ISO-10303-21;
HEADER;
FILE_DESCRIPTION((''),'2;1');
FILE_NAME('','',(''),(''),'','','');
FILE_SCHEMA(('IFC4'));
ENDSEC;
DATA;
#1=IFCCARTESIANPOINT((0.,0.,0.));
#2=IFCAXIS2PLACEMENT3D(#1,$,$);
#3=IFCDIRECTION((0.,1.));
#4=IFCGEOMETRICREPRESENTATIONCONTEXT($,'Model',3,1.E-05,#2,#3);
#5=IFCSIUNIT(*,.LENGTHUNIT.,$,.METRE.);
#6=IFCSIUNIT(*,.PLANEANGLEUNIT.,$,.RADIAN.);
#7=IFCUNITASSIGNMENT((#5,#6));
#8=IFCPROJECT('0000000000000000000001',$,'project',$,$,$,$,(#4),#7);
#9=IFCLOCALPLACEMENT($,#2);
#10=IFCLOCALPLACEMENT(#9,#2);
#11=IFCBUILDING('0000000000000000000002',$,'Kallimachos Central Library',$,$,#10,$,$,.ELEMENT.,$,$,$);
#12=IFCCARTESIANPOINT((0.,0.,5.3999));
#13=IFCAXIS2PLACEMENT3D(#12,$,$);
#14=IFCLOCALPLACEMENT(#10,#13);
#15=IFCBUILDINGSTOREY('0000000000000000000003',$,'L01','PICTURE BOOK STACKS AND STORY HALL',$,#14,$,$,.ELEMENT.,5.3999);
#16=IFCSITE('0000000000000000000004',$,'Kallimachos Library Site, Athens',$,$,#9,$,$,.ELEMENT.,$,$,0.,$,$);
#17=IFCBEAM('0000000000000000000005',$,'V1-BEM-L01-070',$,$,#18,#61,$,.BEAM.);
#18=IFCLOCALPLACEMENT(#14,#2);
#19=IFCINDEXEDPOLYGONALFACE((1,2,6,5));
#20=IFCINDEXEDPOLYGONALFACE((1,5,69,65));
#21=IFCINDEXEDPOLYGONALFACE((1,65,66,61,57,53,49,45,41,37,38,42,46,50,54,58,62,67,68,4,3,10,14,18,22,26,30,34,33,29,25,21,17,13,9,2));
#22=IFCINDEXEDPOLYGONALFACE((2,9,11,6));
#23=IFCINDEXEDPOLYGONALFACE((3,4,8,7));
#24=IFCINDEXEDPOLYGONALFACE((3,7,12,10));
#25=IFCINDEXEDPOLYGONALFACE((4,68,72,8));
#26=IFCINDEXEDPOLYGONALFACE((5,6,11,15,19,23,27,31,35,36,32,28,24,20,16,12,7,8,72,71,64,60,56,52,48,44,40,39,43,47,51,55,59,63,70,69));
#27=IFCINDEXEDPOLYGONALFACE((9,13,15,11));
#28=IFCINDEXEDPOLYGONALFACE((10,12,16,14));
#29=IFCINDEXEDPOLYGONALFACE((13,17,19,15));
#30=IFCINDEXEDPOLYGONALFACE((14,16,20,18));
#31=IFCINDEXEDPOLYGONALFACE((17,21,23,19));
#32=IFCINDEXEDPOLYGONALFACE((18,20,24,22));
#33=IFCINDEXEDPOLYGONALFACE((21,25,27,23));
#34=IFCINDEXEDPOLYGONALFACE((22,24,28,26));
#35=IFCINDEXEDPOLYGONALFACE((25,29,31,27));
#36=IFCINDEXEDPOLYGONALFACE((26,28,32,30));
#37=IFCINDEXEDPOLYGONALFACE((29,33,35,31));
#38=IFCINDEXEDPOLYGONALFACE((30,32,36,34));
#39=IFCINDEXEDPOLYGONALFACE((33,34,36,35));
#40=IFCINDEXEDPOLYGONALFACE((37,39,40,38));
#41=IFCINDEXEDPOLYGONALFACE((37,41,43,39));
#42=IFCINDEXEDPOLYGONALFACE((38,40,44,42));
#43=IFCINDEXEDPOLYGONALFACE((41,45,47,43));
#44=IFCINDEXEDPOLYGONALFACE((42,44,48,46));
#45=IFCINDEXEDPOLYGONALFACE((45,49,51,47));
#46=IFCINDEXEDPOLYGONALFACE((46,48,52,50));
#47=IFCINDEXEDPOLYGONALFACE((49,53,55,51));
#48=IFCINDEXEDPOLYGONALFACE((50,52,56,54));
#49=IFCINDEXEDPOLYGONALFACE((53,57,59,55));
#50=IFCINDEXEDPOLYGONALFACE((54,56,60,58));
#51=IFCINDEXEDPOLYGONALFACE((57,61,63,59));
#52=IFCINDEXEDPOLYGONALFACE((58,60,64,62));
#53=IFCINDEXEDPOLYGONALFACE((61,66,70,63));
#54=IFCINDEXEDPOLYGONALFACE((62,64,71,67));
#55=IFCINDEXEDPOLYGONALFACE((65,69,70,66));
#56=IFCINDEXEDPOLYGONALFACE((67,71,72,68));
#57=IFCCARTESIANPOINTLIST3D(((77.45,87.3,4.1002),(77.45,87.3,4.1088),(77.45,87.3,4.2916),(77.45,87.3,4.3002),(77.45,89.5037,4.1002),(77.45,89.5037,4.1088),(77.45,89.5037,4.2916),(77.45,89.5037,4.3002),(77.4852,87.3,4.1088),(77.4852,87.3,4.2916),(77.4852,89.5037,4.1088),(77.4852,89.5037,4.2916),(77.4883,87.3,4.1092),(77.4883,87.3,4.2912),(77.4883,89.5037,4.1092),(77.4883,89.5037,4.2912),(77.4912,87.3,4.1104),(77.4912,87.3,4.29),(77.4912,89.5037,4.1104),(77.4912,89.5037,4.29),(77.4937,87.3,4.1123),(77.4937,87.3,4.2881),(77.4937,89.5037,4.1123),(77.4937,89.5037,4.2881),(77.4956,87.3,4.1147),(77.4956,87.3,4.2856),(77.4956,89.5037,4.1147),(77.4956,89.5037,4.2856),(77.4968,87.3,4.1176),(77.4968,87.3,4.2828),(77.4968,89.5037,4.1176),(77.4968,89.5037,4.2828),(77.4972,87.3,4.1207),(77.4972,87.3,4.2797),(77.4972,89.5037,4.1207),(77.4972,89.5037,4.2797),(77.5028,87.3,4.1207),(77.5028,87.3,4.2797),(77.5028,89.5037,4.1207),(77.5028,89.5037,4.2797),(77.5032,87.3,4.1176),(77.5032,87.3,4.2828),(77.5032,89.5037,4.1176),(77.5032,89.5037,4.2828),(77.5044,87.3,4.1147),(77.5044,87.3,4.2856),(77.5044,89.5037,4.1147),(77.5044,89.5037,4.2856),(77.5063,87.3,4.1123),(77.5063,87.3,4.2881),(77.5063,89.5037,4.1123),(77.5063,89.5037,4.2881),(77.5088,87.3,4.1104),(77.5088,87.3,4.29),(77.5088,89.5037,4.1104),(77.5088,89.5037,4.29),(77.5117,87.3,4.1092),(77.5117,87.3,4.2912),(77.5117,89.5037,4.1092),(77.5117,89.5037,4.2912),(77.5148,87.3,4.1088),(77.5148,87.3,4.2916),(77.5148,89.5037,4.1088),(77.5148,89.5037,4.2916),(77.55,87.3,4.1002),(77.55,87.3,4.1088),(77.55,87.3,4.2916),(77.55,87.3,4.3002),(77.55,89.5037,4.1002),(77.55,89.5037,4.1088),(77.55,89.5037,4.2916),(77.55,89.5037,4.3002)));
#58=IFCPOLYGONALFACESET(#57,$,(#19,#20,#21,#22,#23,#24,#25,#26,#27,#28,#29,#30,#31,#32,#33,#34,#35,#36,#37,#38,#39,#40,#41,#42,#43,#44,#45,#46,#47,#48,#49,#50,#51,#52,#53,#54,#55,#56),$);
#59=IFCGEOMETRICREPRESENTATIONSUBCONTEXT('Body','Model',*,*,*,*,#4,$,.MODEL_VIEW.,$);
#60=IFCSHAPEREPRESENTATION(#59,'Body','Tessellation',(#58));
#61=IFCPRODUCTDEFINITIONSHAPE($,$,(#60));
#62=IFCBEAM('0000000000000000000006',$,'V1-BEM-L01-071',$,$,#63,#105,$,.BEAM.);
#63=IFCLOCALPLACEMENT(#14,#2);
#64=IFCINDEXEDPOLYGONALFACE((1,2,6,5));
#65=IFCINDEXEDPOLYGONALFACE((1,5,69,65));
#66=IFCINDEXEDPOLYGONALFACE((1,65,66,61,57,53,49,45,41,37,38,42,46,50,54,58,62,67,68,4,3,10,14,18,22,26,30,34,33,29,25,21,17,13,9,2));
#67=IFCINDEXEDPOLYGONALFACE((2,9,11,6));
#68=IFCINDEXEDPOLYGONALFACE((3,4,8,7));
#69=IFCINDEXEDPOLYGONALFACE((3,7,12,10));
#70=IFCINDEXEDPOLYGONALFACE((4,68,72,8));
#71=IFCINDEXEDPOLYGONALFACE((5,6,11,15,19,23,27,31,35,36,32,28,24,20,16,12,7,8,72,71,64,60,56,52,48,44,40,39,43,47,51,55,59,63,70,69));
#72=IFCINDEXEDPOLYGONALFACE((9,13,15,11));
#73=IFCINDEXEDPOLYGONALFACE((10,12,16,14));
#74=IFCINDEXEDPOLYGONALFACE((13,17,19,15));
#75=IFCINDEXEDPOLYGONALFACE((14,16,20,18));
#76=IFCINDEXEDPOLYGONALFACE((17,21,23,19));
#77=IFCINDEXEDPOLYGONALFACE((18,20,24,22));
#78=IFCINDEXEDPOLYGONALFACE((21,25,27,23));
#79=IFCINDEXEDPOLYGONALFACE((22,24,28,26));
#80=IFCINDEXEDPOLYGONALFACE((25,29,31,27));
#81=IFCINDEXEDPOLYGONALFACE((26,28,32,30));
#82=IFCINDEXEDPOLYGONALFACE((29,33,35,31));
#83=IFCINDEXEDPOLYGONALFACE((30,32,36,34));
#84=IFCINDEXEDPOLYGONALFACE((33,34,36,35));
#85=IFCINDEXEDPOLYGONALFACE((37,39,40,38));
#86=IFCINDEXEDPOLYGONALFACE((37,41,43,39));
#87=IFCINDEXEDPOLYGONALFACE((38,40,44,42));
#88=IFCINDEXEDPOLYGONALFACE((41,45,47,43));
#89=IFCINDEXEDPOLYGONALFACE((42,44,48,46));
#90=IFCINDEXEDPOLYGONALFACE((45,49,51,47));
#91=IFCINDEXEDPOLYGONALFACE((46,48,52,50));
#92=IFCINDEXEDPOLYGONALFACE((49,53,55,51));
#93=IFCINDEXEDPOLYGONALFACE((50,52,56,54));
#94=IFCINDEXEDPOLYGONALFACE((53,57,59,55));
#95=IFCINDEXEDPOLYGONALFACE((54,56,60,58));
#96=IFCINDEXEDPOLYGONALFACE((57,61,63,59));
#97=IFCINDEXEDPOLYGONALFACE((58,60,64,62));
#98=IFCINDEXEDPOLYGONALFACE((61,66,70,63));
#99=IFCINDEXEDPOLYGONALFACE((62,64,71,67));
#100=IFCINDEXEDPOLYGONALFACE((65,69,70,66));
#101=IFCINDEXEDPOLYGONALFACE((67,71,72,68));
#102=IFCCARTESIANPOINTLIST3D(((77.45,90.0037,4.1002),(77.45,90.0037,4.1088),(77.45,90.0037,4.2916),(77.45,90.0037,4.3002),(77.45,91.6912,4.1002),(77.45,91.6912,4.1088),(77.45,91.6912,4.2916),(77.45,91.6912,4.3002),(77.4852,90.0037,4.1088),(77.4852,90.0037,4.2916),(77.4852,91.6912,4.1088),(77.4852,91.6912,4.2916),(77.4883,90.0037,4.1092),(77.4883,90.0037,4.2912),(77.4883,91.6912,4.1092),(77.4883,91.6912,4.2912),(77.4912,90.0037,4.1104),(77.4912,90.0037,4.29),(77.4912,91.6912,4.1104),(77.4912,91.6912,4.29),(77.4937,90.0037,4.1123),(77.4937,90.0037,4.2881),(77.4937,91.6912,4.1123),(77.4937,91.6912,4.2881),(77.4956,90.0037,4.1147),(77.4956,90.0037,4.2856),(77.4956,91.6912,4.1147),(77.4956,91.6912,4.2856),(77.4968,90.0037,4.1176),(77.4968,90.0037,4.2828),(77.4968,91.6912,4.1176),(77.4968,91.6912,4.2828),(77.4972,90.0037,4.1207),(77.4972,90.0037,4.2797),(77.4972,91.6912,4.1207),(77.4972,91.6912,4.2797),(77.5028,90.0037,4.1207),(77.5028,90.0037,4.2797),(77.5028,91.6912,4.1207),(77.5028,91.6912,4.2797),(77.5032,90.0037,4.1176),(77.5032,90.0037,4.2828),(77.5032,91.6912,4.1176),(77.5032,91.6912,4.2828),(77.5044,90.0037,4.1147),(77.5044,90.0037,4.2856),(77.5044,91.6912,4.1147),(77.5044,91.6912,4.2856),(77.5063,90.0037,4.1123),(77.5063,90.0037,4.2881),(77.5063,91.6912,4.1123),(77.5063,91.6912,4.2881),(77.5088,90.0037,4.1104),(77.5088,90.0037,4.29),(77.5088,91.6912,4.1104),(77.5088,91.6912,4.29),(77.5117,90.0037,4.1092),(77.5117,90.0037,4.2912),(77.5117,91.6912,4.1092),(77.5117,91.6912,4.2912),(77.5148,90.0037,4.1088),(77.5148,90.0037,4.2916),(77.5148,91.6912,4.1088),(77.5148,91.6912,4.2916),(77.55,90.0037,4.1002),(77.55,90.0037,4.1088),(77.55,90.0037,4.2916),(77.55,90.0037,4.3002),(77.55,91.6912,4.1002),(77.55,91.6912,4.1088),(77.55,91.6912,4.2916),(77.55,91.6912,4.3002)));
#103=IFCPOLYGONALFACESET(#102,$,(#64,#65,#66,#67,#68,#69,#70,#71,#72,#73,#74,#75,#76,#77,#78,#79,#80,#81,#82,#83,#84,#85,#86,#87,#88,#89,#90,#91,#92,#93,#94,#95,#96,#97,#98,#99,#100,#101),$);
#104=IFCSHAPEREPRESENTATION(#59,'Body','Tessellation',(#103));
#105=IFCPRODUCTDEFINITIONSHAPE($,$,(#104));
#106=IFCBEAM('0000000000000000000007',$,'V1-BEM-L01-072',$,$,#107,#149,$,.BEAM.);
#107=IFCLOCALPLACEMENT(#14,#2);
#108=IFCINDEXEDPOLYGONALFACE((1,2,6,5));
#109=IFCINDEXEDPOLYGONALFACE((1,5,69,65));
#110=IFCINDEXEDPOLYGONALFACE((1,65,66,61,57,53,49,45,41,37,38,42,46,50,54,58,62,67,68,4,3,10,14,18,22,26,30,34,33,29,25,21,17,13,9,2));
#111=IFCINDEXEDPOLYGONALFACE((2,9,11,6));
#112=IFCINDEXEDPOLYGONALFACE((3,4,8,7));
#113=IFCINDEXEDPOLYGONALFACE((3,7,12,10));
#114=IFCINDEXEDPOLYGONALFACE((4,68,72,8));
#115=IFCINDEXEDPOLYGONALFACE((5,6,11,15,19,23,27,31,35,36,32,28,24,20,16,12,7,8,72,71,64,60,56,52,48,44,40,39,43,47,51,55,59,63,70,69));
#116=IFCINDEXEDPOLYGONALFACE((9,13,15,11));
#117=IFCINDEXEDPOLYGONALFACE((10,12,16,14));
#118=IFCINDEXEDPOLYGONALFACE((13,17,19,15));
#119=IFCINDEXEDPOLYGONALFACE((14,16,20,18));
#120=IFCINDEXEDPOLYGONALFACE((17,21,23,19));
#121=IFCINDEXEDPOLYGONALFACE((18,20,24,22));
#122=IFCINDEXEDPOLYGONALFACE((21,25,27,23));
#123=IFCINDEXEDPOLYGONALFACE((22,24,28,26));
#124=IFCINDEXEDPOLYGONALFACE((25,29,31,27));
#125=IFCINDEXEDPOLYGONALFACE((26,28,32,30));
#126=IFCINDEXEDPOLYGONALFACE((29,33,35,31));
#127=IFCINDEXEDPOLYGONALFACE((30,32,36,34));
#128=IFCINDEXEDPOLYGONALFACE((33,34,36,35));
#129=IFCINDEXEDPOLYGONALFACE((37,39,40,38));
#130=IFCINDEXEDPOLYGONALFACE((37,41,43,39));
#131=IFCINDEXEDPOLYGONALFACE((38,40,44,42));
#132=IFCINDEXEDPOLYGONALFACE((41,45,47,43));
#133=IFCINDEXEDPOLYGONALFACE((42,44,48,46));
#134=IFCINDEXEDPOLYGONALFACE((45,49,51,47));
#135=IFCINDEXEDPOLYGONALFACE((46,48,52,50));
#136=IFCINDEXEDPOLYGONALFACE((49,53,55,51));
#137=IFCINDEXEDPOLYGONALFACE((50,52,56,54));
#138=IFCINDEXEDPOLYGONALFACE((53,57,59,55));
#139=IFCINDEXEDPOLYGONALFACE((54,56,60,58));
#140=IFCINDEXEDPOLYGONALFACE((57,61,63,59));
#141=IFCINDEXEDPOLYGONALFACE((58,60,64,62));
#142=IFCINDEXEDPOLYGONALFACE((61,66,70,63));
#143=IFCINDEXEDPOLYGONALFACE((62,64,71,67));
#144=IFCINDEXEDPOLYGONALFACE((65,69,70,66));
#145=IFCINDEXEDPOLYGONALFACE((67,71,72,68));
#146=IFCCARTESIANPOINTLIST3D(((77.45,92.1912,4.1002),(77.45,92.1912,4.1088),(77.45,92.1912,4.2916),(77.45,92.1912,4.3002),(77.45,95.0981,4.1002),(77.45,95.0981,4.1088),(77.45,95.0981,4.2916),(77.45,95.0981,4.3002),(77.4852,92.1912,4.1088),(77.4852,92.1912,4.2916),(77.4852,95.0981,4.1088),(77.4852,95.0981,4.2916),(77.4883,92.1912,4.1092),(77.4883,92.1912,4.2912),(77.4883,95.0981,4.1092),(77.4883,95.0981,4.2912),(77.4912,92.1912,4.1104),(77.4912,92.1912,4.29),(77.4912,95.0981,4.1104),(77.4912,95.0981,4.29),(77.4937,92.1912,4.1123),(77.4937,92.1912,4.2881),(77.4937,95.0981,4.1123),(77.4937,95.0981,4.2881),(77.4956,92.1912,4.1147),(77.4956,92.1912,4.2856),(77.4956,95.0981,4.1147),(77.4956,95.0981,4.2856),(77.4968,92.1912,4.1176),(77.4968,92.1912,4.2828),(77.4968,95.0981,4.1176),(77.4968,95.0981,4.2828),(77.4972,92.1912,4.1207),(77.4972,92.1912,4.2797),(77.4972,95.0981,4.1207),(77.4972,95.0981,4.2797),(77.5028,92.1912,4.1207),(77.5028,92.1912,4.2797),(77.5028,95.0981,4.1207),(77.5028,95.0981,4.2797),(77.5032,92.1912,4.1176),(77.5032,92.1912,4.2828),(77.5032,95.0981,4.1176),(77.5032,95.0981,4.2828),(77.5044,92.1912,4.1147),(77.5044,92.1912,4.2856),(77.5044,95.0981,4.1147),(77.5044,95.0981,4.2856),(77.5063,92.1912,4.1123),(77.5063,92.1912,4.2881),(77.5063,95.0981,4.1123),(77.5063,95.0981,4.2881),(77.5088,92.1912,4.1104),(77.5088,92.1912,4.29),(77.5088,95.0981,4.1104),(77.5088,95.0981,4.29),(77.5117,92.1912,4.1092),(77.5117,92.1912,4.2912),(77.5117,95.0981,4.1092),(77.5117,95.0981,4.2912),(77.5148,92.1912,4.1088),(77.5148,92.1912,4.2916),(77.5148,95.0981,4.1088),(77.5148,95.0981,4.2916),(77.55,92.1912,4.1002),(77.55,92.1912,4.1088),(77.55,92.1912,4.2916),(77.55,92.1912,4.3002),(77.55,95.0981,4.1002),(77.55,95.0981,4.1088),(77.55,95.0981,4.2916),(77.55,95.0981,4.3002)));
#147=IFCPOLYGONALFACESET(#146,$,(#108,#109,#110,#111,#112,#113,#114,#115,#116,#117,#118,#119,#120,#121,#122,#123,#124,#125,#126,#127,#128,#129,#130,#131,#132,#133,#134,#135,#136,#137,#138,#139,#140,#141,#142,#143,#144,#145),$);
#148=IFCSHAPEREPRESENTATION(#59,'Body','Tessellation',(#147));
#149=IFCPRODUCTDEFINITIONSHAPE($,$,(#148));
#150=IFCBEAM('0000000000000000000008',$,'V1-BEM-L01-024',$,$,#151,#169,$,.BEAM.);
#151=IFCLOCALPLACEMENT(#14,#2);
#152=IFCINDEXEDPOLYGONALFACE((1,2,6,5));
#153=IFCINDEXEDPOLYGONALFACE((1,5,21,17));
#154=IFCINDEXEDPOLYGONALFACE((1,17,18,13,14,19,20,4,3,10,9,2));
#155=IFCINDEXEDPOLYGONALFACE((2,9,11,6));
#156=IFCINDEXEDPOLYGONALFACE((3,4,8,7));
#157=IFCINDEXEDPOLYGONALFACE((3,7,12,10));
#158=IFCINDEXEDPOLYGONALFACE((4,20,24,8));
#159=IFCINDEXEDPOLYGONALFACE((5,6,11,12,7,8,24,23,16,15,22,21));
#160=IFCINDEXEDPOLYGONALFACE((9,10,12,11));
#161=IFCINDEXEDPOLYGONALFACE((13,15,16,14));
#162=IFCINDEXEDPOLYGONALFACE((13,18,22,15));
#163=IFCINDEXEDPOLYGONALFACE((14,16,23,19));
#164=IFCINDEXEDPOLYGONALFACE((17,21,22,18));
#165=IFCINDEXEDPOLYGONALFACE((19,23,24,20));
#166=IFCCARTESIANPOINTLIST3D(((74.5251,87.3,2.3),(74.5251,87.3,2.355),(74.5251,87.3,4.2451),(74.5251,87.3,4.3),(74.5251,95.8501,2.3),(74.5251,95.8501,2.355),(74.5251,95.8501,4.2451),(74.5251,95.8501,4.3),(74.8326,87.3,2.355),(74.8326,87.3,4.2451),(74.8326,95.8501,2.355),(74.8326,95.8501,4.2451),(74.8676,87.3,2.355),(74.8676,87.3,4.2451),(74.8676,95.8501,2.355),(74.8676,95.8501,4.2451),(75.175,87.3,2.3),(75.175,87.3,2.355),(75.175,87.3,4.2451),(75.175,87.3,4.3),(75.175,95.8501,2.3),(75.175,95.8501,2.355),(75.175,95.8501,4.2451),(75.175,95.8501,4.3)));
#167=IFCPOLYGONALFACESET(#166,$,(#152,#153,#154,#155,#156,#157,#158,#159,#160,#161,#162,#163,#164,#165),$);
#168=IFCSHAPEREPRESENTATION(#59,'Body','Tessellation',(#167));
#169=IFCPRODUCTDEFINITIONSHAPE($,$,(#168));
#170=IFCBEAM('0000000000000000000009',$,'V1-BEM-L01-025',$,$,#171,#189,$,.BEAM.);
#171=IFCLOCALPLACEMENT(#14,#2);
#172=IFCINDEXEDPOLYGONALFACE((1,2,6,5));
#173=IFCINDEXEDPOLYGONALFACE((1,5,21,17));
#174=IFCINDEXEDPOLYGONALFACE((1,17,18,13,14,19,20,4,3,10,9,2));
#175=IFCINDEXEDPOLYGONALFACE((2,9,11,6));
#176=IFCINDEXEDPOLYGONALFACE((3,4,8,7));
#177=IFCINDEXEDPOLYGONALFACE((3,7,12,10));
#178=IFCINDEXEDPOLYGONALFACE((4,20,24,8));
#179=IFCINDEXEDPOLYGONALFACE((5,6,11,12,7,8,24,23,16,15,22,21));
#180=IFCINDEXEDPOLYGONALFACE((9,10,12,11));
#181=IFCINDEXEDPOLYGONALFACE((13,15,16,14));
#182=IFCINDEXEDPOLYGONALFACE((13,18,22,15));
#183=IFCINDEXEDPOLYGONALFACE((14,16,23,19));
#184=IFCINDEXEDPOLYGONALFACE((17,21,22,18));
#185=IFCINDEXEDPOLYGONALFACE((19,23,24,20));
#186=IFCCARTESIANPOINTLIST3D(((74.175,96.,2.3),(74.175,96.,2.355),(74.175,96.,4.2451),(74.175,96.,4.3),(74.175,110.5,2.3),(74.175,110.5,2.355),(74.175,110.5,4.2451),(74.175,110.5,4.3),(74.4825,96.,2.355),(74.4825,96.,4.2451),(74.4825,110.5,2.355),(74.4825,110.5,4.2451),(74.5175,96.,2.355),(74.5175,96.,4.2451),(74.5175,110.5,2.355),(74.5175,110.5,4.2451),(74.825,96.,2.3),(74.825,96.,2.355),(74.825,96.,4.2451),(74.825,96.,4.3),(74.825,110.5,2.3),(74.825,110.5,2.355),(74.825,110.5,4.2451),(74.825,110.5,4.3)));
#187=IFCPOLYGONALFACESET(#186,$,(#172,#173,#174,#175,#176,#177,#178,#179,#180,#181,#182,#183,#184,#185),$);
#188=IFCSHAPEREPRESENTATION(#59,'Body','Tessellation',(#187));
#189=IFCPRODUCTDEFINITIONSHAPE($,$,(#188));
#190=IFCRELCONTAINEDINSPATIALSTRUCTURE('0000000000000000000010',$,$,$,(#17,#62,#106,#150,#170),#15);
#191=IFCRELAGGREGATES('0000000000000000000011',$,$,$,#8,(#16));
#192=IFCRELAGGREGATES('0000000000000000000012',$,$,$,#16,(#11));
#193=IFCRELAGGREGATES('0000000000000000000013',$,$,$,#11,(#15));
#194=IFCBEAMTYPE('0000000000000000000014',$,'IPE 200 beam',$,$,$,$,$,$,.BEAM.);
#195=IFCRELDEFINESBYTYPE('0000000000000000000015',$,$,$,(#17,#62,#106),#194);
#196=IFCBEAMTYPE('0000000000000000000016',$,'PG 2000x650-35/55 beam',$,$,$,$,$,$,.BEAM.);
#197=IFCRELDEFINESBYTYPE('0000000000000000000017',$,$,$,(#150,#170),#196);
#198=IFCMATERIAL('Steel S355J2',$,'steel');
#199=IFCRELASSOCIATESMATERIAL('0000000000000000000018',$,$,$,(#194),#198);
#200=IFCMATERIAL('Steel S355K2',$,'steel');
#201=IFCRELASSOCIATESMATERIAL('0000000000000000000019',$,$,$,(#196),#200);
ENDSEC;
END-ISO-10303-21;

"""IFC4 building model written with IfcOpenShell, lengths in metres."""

from ifc_helpers import new_model, si_unit, direction, frame, origin, origin_2d, place, context, subcontext, project, spatial, i_section, extrude, material, material_profile, profile_set, type_object, element, save


model = new_model("IFC4")

# Units and contexts
model_context = context("Model", 3, precision=1e-05, world=origin(), true_north=direction((0.0, 1.0)))
body_context = subcontext(model_context, "Body", "Model", "MODEL_VIEW")
ifc_project = project(units=[si_unit("LENGTHUNIT", "METRE"), si_unit("PLANEANGLEUNIT", "RADIAN")], contexts=[model_context])

# Site, building, storey
site_placement = place(None, origin())
site = spatial("IfcSite", under=ifc_project, at=site_placement, Name="Kallimachos Library Site, Athens", CompositionType="ELEMENT", RefElevation=0.0)
building_placement = place(site_placement, origin())
building = spatial("IfcBuilding", under=site, at=building_placement, Name="Kallimachos Central Library", CompositionType="ELEMENT")
storey_placement = place(building_placement, frame((0.0, 0.0, 5.3999)))
storey = spatial("IfcBuildingStorey", under=building, at=storey_placement, Name="L01", Description="PICTURE BOOK STACKS AND STORY HALL", CompositionType="ELEMENT", Elevation=5.3999)

# Beams
ifc_material_1 = material(Name="Steel S355J2", Category="steel")
ifc_material_profile_1 = material_profile(ifc_material_1, i_section(OverallWidth=0.1001, OverallDepth=0.2, WebThickness=0.0056, FlangeThickness=0.0085, FilletRadius=0.012, at=origin_2d()), Name="IPE 200")
ifc_profile_set_1 = profile_set([ifc_material_profile_1], Name="Steel S355J2")
beam_type_1 = type_object("IfcBeamType", Name="IPE 200 beam", PredefinedType="BEAM", material=ifc_profile_set_1)
beam_1_placement = place(storey_placement, frame((77.5, 87.3, 4.2002), z_axis=(0.0, 1.0, 0.0), x_axis=(-1.0, 0.0, 0.0)))
element("IfcBeam", 1, at=beam_1_placement, inside=storey, type_object=beam_type_1, Name="V1-BEM-L01-070", PredefinedType="BEAM", context=body_context, shape_type="SweptSolid", body=[
    extrude(i_section(OverallWidth=0.1001, OverallDepth=0.2, WebThickness=0.0056, FlangeThickness=0.0085, FilletRadius=0.012, at=origin_2d()), origin(), (0.0, 0.0, 1.0), 2.2036),
])
beam_2_placement = place(storey_placement, frame((77.5, 90.0037, 4.2002), z_axis=(0.0, 1.0, 0.0), x_axis=(-1.0, 0.0, 0.0)))
element("IfcBeam", 2, at=beam_2_placement, inside=storey, type_object=beam_type_1, Name="V1-BEM-L01-071", PredefinedType="BEAM", context=body_context, shape_type="SweptSolid", body=[
    extrude(i_section(OverallWidth=0.1001, OverallDepth=0.2, WebThickness=0.0056, FlangeThickness=0.0085, FilletRadius=0.012, at=origin_2d()), origin(), (0.0, 0.0, 1.0), 1.6875),
])
beam_3_placement = place(storey_placement, frame((77.5, 92.1912, 4.2002), z_axis=(0.0, 1.0, 0.0), x_axis=(-1.0, 0.0, 0.0)))
element("IfcBeam", 3, at=beam_3_placement, inside=storey, type_object=beam_type_1, Name="V1-BEM-L01-072", PredefinedType="BEAM", context=body_context, shape_type="SweptSolid", body=[
    extrude(i_section(OverallWidth=0.1001, OverallDepth=0.2, WebThickness=0.0056, FlangeThickness=0.0085, FilletRadius=0.012, at=origin_2d()), origin(), (0.0, 0.0, 1.0), 2.907),
])
ifc_material_2 = material(Name="Steel S355K2", Category="steel")
ifc_material_profile_2 = material_profile(ifc_material_2, i_section(OverallWidth=0.6499, OverallDepth=2.0, WebThickness=0.0349, FlangeThickness=0.0549, at=origin_2d()), Name="PG 2000x650-35/55")
ifc_profile_set_2 = profile_set([ifc_material_profile_2], Name="Steel S355K2")
beam_type_2 = type_object("IfcBeamType", Name="PG 2000x650-35/55 beam", PredefinedType="BEAM", material=ifc_profile_set_2)
beam_4_placement = place(storey_placement, frame((74.8501, 87.3, 3.3), z_axis=(0.0, 1.0, 0.0), x_axis=(-1.0, 0.0, 0.0)))
element("IfcBeam", 4, at=beam_4_placement, inside=storey, type_object=beam_type_2, Name="V1-BEM-L01-024", PredefinedType="BEAM", context=body_context, shape_type="SweptSolid", body=[
    extrude(i_section(OverallWidth=0.6499, OverallDepth=2.0, WebThickness=0.0349, FlangeThickness=0.0549, at=origin_2d()), origin(), (0.0, 0.0, 1.0), 8.55),
])
beam_5_placement = place(storey_placement, frame((74.5, 96.0, 3.3), z_axis=(0.0, 1.0, 0.0), x_axis=(-1.0, 0.0, 0.0)))
element("IfcBeam", 5, at=beam_5_placement, inside=storey, type_object=beam_type_2, Name="V1-BEM-L01-025", PredefinedType="BEAM", context=body_context, shape_type="SweptSolid", body=[
    extrude(i_section(OverallWidth=0.6499, OverallDepth=2.0, WebThickness=0.0349, FlangeThickness=0.0549, at=origin_2d()), origin(), (0.0, 0.0, 1.0), 14.5),
])

save(model, "model.ifc")
